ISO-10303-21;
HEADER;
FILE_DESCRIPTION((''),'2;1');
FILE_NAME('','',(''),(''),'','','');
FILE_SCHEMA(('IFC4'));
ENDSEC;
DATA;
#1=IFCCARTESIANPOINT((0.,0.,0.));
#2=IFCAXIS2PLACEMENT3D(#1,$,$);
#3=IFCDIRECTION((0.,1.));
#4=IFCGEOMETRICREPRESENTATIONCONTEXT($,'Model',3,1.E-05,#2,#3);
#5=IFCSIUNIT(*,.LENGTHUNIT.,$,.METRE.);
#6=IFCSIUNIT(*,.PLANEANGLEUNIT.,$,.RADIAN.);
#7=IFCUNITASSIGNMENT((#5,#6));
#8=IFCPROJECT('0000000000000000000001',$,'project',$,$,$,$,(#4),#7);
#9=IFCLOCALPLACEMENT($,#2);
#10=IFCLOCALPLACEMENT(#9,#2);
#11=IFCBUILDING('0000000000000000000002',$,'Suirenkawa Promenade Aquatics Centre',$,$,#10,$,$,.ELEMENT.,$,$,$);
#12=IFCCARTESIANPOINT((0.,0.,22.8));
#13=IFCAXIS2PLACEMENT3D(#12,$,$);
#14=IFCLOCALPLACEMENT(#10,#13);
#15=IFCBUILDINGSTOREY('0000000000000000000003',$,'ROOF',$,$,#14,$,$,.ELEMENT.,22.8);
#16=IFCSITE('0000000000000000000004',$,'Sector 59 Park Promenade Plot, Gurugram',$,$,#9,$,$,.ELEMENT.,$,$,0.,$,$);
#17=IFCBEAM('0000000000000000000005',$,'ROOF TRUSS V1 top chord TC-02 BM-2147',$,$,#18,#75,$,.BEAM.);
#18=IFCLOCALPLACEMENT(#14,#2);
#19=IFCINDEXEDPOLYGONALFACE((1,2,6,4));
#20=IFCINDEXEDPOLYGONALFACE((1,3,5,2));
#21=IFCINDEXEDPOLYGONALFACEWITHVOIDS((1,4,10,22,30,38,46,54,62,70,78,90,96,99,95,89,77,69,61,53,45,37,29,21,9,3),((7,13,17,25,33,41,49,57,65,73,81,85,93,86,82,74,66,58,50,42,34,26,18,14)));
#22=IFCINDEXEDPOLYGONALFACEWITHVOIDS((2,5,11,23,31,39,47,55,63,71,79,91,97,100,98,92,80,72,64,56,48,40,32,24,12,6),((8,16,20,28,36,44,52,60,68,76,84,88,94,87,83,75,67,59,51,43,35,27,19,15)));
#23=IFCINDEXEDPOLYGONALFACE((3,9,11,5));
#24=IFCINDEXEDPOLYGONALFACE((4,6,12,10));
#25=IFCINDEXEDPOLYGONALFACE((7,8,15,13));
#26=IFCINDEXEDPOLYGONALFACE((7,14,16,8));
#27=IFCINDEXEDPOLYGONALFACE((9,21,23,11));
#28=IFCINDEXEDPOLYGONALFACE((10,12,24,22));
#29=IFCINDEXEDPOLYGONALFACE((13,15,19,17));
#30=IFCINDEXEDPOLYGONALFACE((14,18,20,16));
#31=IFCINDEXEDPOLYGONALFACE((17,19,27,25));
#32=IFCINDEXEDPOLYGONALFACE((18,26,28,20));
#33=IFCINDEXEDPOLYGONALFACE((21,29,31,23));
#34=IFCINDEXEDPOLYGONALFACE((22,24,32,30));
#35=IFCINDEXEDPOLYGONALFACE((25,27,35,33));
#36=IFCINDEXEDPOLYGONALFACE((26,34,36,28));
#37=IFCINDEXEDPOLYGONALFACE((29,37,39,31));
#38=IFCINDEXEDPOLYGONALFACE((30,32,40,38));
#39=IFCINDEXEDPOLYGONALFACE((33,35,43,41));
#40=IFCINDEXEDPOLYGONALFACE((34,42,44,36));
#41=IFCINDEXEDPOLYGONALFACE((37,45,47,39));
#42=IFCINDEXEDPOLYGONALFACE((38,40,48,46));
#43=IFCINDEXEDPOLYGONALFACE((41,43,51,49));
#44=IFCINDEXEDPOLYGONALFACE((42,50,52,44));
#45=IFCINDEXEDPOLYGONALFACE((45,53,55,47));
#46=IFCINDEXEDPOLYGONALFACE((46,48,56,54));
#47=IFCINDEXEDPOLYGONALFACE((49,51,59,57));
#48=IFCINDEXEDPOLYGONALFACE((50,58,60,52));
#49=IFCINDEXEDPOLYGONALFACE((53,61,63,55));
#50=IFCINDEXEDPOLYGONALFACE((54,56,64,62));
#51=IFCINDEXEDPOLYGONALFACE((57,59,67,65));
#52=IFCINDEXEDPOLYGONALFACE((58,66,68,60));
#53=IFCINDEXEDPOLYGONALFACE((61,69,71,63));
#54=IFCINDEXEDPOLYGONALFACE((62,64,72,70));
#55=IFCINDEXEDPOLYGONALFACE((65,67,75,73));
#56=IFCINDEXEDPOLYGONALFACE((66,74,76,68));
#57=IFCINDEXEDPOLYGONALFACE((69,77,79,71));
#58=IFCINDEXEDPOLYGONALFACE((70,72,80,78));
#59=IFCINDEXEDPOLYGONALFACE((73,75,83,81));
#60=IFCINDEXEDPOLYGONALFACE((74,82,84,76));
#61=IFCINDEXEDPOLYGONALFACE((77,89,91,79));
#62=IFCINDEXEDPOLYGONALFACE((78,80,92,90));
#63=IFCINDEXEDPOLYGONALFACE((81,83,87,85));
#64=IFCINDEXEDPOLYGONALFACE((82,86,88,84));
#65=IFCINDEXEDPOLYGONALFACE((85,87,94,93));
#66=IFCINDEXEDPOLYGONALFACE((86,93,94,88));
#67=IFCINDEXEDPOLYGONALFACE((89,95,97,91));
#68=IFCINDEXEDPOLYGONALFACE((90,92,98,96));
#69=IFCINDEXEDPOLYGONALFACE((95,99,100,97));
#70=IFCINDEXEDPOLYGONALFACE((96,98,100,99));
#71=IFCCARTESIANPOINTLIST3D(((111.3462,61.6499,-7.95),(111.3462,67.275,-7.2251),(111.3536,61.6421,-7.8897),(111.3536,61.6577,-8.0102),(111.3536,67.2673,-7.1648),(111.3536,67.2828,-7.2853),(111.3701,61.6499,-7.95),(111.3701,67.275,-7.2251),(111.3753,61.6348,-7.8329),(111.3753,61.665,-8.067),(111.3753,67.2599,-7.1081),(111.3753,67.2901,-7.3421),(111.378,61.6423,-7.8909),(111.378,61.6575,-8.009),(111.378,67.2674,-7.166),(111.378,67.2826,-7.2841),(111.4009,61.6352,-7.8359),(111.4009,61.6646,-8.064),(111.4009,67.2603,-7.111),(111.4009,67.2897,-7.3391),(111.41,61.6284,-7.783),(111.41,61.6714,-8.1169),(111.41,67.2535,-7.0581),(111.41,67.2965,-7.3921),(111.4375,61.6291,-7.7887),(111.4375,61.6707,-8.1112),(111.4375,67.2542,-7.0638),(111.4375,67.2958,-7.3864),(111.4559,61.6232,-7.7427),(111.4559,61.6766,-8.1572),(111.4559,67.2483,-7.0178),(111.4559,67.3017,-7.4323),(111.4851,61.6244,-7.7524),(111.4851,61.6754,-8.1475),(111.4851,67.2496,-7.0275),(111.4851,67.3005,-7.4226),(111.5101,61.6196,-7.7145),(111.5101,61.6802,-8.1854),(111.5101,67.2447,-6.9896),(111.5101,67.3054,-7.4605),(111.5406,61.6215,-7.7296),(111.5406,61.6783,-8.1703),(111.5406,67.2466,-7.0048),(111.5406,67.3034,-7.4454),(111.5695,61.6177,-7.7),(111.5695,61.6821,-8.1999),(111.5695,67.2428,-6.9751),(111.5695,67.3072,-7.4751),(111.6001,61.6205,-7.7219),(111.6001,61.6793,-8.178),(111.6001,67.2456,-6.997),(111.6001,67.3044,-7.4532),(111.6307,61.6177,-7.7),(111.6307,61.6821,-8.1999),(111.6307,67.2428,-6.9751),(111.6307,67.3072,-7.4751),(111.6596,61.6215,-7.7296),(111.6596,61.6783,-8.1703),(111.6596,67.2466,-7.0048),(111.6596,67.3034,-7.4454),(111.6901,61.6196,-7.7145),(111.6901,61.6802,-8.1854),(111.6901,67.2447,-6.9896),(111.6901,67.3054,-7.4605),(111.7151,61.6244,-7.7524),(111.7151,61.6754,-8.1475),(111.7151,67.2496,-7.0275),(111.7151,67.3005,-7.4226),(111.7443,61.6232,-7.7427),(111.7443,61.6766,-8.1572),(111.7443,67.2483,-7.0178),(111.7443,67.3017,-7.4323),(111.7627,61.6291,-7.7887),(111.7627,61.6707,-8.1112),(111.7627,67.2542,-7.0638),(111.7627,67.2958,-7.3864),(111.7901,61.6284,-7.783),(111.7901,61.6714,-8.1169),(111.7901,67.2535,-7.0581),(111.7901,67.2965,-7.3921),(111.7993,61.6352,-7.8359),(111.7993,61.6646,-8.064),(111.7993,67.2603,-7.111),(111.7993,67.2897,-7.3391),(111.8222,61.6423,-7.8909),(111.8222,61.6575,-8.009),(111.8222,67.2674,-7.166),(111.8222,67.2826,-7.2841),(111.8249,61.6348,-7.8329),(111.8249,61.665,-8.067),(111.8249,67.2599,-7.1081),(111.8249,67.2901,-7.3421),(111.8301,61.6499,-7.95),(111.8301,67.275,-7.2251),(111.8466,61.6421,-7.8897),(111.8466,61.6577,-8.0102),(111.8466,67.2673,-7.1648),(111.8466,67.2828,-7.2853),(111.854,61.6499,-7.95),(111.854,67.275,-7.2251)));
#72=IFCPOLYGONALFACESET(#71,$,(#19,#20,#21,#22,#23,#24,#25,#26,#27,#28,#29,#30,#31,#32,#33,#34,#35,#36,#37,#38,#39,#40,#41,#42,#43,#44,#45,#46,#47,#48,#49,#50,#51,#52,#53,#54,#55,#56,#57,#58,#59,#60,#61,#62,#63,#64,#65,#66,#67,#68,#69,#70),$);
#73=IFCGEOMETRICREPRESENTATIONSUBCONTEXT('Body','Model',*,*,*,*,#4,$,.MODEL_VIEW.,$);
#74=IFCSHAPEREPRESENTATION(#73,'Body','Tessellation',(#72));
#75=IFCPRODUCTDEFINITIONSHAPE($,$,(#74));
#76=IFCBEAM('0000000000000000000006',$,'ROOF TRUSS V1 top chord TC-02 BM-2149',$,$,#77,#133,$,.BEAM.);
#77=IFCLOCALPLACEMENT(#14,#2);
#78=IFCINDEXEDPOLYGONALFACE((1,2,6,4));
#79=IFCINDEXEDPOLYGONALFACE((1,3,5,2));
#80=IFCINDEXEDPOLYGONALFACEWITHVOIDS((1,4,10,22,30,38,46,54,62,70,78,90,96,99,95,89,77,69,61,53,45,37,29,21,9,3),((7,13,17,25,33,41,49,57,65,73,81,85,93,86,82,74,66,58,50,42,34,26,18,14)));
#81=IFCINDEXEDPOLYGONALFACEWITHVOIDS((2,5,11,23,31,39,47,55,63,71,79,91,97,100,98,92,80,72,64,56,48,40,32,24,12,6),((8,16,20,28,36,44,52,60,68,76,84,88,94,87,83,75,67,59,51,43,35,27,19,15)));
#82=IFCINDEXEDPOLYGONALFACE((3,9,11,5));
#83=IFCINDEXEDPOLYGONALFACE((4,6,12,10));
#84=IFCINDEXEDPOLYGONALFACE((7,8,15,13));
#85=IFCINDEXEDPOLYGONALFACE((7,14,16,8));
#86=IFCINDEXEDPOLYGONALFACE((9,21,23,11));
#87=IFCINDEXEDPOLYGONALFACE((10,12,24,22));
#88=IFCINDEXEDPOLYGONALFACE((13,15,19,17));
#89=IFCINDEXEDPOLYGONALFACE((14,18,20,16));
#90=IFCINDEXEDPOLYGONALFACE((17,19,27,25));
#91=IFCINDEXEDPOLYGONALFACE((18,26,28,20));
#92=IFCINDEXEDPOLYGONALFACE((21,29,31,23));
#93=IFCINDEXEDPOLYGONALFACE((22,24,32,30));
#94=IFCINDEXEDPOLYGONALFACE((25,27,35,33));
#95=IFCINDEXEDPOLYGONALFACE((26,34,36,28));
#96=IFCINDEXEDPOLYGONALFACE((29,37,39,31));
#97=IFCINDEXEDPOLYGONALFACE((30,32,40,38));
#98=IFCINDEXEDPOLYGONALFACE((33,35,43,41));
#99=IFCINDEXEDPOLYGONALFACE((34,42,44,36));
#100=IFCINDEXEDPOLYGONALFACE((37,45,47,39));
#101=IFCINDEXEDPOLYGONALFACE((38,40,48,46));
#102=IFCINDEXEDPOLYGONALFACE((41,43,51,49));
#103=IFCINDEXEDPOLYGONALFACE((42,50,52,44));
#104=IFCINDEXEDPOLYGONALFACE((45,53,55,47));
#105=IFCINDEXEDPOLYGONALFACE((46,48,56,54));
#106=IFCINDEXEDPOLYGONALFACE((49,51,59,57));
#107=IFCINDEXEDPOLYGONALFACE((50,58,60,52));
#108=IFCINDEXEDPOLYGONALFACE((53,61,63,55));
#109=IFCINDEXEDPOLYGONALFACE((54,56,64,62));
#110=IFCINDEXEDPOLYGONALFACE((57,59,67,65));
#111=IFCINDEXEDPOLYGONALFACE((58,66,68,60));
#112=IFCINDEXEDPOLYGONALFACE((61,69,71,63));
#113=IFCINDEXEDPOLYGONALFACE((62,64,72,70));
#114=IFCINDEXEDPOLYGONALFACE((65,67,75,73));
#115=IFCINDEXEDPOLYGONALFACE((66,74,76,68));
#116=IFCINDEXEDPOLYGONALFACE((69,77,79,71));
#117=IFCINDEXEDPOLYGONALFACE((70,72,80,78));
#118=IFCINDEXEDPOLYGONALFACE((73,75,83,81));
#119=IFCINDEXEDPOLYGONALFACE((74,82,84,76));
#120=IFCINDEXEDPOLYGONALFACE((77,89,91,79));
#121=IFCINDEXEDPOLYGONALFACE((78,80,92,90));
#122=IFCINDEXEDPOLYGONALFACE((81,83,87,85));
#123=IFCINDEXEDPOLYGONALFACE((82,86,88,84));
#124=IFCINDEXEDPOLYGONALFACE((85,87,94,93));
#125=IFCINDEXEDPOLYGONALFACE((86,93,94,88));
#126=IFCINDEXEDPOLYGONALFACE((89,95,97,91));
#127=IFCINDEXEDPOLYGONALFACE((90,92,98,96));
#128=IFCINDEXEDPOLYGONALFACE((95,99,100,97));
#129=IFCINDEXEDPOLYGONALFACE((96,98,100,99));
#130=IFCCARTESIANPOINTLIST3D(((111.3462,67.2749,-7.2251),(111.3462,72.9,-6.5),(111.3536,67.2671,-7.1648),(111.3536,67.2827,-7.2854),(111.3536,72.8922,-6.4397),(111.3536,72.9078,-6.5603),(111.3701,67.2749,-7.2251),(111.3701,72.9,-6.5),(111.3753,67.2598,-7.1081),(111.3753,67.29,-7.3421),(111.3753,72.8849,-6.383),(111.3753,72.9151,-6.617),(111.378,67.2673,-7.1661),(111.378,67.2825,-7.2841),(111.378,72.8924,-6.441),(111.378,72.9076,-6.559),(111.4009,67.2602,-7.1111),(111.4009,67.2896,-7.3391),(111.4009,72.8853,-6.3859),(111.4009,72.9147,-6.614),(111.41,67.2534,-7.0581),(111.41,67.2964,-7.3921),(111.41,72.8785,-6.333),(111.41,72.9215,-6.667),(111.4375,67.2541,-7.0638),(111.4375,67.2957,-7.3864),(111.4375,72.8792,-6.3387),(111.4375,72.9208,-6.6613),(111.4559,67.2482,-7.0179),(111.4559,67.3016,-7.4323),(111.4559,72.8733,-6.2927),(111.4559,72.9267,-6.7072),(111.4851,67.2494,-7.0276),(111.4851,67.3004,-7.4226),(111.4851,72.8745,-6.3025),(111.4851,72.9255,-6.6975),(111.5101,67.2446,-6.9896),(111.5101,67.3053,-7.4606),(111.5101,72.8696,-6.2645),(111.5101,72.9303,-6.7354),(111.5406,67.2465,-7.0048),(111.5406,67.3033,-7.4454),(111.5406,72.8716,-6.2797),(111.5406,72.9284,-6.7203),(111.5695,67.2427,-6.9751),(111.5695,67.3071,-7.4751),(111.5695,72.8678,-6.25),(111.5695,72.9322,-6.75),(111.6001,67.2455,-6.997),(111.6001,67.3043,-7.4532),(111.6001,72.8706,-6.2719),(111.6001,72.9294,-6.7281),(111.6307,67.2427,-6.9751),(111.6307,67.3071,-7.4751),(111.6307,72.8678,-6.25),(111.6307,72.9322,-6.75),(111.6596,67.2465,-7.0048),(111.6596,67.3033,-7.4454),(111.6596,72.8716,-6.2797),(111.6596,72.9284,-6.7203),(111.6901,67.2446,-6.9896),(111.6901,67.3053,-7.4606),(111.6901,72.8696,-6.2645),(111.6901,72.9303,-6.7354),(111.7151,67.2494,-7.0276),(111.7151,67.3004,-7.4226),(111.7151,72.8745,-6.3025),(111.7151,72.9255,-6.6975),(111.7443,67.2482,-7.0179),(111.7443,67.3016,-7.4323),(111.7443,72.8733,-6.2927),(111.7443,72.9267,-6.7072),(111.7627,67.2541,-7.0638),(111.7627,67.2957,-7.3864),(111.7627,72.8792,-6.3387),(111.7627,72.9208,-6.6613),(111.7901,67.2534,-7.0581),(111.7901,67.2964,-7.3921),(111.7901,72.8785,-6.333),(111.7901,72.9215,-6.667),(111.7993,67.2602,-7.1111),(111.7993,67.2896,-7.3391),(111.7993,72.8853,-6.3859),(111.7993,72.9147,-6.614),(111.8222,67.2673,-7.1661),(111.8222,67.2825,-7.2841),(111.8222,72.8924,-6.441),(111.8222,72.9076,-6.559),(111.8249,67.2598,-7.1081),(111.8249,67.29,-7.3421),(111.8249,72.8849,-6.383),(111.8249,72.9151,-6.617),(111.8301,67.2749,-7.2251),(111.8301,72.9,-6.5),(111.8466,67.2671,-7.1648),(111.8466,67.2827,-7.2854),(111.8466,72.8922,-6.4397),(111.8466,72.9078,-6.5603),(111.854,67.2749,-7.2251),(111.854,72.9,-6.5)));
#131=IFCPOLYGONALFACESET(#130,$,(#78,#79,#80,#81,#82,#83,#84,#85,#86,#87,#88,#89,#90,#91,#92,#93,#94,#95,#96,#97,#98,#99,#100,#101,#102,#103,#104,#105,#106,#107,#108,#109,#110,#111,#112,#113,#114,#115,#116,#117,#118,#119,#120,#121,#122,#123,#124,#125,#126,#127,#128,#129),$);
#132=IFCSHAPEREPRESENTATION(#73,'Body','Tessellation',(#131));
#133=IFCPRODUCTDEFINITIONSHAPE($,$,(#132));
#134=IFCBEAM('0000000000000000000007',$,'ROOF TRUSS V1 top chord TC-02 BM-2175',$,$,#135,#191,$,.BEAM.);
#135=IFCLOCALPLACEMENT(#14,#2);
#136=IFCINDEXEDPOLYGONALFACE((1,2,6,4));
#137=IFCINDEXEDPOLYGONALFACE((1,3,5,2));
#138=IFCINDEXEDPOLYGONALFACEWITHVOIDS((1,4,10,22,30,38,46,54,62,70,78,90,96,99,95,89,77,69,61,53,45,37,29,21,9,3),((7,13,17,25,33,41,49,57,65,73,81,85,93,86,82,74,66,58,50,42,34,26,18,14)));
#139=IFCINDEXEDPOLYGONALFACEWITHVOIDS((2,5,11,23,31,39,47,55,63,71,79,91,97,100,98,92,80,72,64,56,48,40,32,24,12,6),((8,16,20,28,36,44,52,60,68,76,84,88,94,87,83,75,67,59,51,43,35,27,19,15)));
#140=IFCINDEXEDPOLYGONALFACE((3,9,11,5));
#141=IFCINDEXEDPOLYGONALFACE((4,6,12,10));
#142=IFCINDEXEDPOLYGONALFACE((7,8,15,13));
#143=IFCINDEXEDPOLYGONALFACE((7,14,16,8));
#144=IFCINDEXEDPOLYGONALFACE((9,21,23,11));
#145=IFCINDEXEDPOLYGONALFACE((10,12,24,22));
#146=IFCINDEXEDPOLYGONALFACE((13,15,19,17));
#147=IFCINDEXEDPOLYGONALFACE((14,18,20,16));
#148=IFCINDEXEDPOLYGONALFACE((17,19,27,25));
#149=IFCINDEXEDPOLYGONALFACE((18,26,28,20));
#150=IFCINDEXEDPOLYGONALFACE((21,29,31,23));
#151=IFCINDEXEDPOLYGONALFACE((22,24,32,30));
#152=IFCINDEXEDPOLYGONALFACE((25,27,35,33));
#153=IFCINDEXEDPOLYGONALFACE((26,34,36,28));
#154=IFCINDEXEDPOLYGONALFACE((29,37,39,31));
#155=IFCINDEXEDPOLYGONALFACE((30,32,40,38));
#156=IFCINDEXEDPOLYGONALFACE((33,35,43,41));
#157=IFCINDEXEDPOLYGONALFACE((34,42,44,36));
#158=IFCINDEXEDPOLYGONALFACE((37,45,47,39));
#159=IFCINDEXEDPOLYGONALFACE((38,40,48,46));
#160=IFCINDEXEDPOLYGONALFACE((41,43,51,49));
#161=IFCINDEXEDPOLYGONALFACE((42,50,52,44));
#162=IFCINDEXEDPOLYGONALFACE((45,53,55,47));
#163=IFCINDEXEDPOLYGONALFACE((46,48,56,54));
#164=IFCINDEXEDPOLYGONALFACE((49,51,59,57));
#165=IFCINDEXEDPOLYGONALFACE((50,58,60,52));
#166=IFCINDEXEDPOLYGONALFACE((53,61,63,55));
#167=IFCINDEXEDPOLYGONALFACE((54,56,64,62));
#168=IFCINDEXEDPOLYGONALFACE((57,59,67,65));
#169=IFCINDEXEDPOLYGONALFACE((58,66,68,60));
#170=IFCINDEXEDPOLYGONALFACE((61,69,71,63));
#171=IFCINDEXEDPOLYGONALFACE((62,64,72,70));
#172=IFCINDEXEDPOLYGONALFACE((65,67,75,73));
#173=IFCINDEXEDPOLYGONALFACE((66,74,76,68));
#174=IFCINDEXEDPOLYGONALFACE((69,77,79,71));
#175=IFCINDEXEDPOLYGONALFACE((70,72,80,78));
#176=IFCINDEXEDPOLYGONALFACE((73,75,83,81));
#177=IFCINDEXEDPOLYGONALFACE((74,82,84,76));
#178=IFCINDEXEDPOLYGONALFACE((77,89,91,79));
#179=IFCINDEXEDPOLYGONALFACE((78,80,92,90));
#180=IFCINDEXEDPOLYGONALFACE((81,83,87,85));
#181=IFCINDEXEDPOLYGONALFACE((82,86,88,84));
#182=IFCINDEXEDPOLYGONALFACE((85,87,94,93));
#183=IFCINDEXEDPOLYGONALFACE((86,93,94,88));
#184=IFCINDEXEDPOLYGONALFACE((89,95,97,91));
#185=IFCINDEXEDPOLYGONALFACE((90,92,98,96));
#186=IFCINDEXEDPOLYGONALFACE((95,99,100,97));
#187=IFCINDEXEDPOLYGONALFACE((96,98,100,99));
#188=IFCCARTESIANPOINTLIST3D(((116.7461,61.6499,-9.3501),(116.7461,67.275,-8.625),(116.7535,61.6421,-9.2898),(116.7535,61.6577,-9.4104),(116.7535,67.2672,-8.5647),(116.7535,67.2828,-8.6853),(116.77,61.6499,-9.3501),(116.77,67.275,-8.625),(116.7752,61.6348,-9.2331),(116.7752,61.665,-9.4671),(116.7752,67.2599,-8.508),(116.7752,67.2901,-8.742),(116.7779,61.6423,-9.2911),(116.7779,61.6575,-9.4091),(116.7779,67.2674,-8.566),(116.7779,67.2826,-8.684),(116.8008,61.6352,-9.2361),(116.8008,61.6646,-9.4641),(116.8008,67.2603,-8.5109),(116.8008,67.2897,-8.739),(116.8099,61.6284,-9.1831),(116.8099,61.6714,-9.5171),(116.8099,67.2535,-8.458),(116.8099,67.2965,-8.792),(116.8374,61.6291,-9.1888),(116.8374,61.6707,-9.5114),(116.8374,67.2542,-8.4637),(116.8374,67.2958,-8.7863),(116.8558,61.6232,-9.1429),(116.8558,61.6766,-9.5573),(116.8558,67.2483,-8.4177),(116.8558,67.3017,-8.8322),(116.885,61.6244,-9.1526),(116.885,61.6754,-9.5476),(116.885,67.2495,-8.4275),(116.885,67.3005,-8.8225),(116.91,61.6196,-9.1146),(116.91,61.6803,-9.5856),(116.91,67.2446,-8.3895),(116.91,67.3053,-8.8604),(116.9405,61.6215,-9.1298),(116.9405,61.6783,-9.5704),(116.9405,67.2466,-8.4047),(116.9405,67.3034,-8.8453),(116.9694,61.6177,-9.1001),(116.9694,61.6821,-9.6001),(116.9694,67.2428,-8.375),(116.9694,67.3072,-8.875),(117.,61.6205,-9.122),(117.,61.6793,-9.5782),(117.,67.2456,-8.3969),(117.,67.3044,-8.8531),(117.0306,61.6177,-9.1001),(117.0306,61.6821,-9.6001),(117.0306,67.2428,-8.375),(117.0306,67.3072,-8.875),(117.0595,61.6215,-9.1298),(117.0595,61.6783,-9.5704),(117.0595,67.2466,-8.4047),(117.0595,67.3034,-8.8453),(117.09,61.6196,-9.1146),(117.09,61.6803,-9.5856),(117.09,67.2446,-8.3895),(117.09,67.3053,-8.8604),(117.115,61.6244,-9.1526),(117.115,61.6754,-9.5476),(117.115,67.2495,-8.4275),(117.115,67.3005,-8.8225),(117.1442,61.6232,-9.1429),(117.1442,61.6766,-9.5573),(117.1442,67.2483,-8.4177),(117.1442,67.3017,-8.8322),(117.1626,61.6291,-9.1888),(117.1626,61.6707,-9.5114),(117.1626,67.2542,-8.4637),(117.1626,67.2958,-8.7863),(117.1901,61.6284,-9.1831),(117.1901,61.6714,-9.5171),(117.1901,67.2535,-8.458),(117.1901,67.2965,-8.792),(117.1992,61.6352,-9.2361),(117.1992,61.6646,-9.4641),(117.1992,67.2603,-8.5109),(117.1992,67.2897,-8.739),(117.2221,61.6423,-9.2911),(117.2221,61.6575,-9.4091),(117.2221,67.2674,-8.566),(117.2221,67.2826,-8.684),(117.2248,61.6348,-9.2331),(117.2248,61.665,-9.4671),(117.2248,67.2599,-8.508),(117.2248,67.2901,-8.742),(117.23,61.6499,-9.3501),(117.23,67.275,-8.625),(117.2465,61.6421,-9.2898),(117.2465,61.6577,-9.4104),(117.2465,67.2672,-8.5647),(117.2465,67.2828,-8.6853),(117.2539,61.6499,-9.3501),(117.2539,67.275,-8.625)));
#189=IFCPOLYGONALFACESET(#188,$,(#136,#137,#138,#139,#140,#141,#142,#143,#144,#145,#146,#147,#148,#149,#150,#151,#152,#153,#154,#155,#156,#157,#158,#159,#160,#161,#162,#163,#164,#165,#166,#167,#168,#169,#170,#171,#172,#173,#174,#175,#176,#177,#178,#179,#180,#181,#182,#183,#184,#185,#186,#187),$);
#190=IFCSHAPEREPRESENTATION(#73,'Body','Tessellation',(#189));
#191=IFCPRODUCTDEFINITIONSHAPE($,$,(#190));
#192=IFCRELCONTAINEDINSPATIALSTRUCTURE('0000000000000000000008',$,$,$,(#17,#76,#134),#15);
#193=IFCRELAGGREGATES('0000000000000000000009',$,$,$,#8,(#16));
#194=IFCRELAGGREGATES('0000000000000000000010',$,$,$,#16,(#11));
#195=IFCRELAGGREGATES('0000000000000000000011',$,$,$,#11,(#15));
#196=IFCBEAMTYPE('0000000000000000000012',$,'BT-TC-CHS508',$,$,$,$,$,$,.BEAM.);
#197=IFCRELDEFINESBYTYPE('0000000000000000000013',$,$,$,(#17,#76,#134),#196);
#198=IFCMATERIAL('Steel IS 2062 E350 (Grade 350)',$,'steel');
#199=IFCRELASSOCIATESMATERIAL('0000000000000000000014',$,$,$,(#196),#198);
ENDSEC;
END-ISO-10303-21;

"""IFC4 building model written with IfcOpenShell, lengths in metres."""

from ifc_helpers import new_model, si_unit, direction, frame, origin, origin_2d, place, context, subcontext, project, spatial, hollow_circle, extrude, material, material_profile, profile_set, type_object, element, save


model = new_model("IFC4")

# Units and contexts
model_context = context("Model", 3, precision=1e-05, world=origin(), true_north=direction((0.0, 1.0)))
body_context = subcontext(model_context, "Body", "Model", "MODEL_VIEW")
ifc_project = project(units=[si_unit("LENGTHUNIT", "METRE"), si_unit("PLANEANGLEUNIT", "RADIAN")], contexts=[model_context])

# Site, building, storey
site_placement = place(None, origin())
site = spatial("IfcSite", under=ifc_project, at=site_placement, Name="Sector 59 Park Promenade Plot, Gurugram", CompositionType="ELEMENT", RefElevation=0.0)
building_placement = place(site_placement, origin())
building = spatial("IfcBuilding", under=site, at=building_placement, Name="Suirenkawa Promenade Aquatics Centre", CompositionType="ELEMENT")
storey_placement = place(building_placement, frame((0.0, 0.0, 22.8)))
storey = spatial("IfcBuildingStorey", under=building, at=storey_placement, Name="ROOF", CompositionType="ELEMENT", Elevation=22.8)

# Beams
ifc_material = material(Name="Steel IS 2062 E350 (Grade 350)", Category="steel")
ifc_material_profile_1 = material_profile(ifc_material, hollow_circle(Radius=0.2539, WallThickness=0.0239, at=origin_2d()), Name="CHS 508x24", Category="steel")
ifc_profile_set_1 = profile_set([ifc_material_profile_1], Name="Steel IS 2062 E350 (Grade 350)")
beam_type_1 = type_object("IfcBeamType", Name="BT-TC-CHS508", PredefinedType="BEAM", material=ifc_profile_set_1)
for number, where, z_axis, x_axis, name in (
    (1, (111.6001, 61.6499, -7.95), (0.0, 0.991799, 0.127806), (-1.0, 0.0, 0.0), "ROOF TRUSS V1 top chord TC-02 BM-2147"),
    (2, (111.6001, 67.2749, -7.2251), (0.0, 0.991794, 0.127848), (-1.0, 0.0, 0.0), "ROOF TRUSS V1 top chord TC-02 BM-2149"),
    (3, (117.0, 61.6499, -9.3501), (0.0, 0.991794, 0.127848), (-1.0, 0.0, 0.0), "ROOF TRUSS V1 top chord TC-02 BM-2175"),
):
    element("IfcBeam", number, at=place(storey_placement, frame(where, z_axis=z_axis, x_axis=x_axis)), inside=storey, type_object=beam_type_1, Name=name, PredefinedType="BEAM", context=body_context, shape_type="SweptSolid", body=[
        extrude(hollow_circle(Radius=0.2539, WallThickness=0.0239, at=origin_2d()), origin(), (0.0, 0.0, 1.0), 5.6716),
    ])

save(model, "model.ifc")
